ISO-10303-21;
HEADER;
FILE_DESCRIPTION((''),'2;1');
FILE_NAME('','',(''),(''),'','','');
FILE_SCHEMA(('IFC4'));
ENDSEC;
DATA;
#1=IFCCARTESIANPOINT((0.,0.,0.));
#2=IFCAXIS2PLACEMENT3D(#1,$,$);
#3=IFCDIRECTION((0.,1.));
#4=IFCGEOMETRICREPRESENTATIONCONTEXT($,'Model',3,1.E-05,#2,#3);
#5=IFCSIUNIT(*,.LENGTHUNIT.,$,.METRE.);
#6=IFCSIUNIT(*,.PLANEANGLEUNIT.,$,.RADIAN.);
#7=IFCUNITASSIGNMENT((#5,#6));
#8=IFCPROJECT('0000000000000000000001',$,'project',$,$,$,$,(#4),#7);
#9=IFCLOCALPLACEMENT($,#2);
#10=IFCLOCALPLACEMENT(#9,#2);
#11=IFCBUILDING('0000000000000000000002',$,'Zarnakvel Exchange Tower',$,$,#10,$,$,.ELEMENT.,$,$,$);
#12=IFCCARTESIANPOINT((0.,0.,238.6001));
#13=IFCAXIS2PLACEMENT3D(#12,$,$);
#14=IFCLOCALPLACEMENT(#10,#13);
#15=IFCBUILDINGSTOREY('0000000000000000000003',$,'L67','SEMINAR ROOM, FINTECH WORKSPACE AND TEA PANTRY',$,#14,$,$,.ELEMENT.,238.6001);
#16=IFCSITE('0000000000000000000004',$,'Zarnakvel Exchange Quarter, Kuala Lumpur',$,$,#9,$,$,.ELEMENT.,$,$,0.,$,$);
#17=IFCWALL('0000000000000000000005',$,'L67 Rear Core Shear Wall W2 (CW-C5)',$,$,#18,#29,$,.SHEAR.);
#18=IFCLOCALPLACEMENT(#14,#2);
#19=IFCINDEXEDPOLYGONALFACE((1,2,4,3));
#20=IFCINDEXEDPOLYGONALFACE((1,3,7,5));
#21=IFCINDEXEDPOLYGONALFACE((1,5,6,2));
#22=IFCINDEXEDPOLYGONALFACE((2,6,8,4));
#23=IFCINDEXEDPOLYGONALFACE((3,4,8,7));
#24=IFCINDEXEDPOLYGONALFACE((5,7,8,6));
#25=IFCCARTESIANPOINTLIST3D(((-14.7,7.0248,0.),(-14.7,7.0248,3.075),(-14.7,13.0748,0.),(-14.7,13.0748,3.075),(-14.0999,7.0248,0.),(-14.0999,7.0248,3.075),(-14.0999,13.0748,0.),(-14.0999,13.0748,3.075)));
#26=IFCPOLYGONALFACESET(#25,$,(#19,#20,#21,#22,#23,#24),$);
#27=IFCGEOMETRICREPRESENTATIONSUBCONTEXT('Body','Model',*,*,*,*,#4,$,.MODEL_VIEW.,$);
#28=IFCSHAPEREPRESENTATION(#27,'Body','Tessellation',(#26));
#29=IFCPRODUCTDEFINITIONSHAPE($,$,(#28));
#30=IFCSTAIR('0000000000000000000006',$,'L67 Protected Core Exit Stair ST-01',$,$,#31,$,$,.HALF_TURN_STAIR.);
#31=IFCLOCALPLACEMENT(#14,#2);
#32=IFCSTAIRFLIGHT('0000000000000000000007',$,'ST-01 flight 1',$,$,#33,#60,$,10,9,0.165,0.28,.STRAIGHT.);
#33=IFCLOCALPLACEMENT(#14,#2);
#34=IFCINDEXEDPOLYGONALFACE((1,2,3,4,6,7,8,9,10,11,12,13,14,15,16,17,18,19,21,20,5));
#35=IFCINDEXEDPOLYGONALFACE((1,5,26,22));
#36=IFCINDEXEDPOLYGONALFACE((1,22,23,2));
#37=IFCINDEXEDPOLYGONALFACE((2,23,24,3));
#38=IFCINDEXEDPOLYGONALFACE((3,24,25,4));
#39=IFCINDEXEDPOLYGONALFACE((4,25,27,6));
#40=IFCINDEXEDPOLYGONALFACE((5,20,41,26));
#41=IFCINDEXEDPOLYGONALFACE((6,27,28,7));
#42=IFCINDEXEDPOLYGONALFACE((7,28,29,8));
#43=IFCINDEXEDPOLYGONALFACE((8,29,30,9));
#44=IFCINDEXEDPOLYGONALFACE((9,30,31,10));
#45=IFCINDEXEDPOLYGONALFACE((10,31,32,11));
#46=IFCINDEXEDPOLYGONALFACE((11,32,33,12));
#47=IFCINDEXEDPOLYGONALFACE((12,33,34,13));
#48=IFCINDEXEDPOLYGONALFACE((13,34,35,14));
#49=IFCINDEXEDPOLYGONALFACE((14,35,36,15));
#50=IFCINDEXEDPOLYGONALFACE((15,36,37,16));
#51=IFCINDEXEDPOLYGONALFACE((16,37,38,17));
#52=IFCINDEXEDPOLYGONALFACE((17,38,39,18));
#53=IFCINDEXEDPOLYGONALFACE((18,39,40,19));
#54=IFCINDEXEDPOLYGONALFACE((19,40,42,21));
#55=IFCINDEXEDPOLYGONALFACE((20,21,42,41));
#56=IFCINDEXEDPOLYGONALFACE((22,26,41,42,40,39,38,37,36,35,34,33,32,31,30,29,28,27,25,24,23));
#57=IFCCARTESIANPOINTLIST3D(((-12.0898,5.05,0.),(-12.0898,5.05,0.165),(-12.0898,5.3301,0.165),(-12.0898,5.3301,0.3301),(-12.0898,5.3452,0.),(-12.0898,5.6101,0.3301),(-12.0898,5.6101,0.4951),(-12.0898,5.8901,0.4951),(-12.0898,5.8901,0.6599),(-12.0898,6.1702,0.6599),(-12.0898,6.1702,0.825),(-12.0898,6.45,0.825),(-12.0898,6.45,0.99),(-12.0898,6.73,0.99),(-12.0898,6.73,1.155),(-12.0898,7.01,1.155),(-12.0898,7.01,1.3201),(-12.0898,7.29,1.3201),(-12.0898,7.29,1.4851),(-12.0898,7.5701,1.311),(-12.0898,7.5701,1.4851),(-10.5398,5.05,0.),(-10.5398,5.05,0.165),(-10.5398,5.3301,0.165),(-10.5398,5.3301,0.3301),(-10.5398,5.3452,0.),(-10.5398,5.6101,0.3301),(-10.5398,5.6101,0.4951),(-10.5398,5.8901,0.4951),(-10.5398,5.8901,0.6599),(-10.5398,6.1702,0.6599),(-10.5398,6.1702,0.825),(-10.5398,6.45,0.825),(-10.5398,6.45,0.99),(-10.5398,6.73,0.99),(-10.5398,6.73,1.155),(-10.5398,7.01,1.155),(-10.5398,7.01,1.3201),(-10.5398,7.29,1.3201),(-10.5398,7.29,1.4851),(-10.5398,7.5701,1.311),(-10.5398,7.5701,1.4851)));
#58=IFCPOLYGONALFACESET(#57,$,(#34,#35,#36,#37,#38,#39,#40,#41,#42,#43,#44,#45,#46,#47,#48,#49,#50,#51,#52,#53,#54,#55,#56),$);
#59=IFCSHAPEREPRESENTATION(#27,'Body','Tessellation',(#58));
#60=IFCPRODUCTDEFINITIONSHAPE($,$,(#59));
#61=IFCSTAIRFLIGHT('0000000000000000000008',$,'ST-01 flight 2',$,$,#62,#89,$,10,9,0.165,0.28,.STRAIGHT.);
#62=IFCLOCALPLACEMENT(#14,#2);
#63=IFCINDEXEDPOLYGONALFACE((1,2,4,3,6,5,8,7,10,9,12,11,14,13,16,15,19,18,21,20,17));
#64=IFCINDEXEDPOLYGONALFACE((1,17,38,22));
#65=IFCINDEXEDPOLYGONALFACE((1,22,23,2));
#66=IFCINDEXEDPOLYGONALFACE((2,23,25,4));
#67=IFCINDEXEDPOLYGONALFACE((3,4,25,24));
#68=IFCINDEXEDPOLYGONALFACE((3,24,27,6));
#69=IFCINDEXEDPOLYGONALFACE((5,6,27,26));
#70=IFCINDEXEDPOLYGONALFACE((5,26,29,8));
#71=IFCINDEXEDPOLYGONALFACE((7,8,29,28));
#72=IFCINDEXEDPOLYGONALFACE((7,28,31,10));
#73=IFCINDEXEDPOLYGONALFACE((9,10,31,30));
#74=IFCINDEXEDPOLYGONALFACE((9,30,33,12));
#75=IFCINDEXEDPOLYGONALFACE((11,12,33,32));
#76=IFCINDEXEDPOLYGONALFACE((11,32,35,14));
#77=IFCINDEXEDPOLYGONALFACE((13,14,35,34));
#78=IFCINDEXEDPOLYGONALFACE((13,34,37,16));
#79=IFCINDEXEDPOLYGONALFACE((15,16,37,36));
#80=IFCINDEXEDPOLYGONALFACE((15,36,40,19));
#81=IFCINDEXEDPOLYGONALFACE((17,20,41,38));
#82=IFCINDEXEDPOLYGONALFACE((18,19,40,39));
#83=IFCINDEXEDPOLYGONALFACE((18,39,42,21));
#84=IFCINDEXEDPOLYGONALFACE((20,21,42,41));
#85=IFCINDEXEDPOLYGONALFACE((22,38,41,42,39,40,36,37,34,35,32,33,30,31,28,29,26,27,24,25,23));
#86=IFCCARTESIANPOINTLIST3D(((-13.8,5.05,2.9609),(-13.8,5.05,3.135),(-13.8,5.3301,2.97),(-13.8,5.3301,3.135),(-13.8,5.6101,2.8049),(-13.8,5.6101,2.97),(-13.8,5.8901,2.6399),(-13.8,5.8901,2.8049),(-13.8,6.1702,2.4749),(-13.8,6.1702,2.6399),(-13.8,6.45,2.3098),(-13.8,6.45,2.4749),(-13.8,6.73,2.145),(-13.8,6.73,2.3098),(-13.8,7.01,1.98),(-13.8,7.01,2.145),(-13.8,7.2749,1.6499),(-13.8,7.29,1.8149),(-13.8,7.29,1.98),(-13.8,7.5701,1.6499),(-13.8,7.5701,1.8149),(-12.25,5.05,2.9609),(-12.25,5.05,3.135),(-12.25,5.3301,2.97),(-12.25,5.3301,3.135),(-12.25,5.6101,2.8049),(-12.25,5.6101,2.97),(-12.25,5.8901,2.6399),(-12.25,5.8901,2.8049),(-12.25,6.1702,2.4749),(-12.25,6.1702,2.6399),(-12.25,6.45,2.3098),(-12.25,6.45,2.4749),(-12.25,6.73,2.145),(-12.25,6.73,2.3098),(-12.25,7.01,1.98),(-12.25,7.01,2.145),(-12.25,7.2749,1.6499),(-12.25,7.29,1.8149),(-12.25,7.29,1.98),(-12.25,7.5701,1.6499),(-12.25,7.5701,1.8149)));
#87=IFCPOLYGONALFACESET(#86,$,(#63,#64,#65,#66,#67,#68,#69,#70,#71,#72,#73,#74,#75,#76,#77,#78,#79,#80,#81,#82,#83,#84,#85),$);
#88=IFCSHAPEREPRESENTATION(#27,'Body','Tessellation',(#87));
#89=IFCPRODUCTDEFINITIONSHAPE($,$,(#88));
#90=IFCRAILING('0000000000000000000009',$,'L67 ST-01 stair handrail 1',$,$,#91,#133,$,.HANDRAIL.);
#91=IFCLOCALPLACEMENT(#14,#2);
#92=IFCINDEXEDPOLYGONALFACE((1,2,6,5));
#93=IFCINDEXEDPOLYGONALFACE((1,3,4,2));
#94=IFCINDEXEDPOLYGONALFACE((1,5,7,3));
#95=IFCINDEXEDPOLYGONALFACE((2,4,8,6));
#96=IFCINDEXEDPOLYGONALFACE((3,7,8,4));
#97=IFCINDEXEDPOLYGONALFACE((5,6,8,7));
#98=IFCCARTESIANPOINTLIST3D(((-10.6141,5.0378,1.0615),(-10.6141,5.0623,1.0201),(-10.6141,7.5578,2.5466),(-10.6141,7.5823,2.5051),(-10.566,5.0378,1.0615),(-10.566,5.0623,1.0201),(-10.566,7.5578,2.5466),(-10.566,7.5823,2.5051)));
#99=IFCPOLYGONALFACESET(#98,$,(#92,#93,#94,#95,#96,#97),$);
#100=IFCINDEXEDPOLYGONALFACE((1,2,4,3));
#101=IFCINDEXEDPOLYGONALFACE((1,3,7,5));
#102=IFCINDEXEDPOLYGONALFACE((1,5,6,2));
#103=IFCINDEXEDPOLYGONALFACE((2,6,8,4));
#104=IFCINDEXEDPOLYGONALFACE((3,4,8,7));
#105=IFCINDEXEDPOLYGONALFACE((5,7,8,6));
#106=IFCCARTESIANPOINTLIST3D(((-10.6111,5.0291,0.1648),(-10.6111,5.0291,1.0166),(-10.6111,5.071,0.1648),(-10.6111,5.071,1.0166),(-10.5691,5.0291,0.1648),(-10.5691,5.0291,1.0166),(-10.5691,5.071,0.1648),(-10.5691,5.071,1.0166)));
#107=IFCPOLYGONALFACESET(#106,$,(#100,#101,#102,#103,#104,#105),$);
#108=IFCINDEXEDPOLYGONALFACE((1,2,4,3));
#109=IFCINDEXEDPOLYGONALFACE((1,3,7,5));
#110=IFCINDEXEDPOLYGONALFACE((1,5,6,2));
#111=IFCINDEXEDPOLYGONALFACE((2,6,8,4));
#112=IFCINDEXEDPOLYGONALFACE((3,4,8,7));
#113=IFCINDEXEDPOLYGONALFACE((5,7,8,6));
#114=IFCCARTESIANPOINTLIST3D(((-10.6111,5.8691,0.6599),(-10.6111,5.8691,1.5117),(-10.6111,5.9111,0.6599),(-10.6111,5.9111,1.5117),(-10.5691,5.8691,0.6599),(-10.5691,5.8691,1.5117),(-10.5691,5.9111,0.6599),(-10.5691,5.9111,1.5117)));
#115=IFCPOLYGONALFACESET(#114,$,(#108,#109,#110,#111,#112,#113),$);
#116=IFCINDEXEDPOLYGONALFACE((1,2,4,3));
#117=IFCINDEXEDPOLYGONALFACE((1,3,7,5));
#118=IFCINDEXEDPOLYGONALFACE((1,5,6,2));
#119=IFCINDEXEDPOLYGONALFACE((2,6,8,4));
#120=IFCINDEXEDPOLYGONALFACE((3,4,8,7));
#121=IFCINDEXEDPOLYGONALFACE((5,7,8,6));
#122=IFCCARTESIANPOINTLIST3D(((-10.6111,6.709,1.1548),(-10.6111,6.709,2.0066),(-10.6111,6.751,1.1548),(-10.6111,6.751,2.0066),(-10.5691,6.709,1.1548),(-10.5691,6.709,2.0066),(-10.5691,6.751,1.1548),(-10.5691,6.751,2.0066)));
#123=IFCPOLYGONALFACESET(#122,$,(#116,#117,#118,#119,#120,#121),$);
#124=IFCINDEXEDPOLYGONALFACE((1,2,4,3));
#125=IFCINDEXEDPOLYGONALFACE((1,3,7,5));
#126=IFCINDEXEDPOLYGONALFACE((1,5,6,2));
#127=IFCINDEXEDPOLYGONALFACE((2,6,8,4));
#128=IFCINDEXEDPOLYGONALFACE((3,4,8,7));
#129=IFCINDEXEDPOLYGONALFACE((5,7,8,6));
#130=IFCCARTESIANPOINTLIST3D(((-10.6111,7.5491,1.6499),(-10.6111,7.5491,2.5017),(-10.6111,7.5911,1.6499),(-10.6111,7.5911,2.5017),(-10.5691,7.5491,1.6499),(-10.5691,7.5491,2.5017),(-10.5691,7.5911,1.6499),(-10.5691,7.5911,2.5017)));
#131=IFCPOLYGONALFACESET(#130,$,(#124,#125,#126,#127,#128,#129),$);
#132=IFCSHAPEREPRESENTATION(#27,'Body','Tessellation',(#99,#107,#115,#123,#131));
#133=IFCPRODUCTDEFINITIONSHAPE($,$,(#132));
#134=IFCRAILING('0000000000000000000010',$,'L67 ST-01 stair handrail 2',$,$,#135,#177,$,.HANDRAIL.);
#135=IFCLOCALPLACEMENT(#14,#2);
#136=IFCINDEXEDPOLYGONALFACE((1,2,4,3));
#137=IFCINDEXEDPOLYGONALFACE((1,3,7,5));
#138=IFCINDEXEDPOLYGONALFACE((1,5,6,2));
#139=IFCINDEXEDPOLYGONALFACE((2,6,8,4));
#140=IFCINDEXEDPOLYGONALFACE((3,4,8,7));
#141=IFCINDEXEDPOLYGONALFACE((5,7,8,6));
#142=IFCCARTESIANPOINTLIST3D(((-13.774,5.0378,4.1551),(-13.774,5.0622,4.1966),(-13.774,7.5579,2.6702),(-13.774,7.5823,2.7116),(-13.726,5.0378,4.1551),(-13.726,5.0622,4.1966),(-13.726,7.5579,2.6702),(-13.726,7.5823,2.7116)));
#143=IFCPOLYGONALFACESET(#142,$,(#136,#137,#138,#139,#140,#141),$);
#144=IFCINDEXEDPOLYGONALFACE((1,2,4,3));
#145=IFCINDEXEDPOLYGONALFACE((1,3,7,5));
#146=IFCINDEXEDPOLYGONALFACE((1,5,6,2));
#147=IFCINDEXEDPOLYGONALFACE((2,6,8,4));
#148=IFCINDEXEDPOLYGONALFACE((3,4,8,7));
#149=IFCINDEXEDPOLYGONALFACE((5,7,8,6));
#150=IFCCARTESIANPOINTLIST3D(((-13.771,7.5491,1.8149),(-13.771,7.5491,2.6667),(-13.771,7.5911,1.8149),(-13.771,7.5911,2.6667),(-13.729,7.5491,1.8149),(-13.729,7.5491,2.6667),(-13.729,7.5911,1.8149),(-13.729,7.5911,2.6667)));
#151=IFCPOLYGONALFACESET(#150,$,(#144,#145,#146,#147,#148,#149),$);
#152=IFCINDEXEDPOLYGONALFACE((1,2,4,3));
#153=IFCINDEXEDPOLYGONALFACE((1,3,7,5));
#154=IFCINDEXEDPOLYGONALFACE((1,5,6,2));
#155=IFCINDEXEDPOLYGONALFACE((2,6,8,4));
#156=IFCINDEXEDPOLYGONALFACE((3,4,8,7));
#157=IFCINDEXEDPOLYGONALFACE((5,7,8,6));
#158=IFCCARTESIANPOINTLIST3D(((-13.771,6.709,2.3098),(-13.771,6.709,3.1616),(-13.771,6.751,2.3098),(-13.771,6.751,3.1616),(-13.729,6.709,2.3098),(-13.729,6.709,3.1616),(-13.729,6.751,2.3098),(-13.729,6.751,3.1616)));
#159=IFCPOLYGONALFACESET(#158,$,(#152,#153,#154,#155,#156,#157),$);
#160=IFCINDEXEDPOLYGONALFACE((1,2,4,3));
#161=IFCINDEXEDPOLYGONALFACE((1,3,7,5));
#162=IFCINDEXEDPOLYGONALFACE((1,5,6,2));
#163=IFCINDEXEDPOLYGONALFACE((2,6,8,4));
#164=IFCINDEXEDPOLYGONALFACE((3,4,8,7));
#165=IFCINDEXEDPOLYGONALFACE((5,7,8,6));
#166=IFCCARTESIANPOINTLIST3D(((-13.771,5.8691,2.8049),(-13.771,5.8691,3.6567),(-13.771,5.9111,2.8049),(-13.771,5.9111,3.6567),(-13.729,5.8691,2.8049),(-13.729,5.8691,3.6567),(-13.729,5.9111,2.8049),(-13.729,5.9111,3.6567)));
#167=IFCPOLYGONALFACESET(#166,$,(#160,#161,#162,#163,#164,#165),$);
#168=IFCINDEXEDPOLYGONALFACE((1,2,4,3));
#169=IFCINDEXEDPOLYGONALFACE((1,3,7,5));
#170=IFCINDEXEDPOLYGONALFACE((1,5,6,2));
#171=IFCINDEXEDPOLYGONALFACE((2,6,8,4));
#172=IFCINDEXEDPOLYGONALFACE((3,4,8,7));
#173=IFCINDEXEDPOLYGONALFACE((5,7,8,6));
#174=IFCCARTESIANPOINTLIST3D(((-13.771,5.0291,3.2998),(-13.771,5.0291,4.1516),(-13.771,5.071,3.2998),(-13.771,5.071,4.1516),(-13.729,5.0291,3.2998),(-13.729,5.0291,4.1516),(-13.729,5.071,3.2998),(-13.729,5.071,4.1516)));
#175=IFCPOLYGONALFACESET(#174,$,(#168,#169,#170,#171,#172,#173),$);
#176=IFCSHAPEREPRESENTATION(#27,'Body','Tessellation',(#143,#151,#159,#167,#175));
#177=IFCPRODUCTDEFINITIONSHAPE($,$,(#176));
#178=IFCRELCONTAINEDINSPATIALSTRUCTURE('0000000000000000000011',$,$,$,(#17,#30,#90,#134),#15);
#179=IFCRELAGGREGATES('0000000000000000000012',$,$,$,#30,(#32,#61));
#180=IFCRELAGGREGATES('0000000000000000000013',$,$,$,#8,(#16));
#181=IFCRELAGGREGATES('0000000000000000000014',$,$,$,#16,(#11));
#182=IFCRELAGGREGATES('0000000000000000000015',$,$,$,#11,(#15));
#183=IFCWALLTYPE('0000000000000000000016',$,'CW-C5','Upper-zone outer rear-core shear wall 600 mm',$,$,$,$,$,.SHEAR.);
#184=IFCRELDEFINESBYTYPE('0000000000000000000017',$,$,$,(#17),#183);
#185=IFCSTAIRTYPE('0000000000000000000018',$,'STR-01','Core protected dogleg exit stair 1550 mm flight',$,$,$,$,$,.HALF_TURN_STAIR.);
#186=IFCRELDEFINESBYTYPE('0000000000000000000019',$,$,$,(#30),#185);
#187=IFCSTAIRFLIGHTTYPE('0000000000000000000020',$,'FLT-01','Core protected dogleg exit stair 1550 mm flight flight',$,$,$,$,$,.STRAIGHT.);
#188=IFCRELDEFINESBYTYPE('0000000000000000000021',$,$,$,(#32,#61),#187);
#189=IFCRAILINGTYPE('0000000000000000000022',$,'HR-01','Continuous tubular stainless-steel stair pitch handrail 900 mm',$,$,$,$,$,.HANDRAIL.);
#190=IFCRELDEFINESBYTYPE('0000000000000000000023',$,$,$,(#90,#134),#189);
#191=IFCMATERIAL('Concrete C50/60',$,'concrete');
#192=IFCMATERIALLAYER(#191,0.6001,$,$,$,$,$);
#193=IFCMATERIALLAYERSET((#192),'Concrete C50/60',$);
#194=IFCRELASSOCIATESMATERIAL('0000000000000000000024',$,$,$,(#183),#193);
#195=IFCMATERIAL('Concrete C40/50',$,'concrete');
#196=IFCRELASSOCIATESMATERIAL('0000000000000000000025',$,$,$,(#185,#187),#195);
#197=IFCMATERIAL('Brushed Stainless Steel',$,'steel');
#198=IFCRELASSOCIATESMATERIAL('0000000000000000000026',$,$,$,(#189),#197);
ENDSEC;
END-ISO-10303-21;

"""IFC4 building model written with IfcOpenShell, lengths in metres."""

from ifc_helpers import new_model, si_unit, direction, frame, frame_2d, origin, origin_2d, place, context, subcontext, project, spatial, polyline, rectangle, outline, extrude, material, layer, layer_set, type_object, element, aggregate, save


model = new_model("IFC4")

# Units and contexts
model_context = context("Model", 3, precision=1e-05, world=origin(), true_north=direction((0.0, 1.0)))
body_context = subcontext(model_context, "Body", "Model", "MODEL_VIEW")
ifc_project = project(units=[si_unit("LENGTHUNIT", "METRE"), si_unit("PLANEANGLEUNIT", "RADIAN")], contexts=[model_context])

# Site, building, storey
site_placement = place(None, origin())
site = spatial("IfcSite", under=ifc_project, at=site_placement, Name="Zarnakvel Exchange Quarter, Kuala Lumpur", CompositionType="ELEMENT", RefElevation=0.0)
building_placement = place(site_placement, origin())
building = spatial("IfcBuilding", under=site, at=building_placement, Name="Zarnakvel Exchange Tower", CompositionType="ELEMENT")
storey_placement = place(building_placement, frame((0.0, 0.0, 238.6001)))
storey = spatial("IfcBuildingStorey", under=building, at=storey_placement, Name="L67", Description="SEMINAR ROOM, FINTECH WORKSPACE AND TEA PANTRY", CompositionType="ELEMENT", Elevation=238.6001)

# Shared definitions
ifc_material_1 = material(Name="Concrete C50/60", Category="concrete")

# Wall
ifc_layer_1 = layer(ifc_material_1, 0.6001)
ifc_layer_set_1 = layer_set([ifc_layer_1], Name="Concrete C50/60")
wall_type_1 = type_object("IfcWallType", Name="CW-C5", Description="Upper-zone outer rear-core shear wall 600 mm", PredefinedType="SHEAR", material=ifc_layer_set_1)
wall_1_placement = place(storey_placement, frame((-14.3999, 7.0249, 0.0), z_axis=(0.0, 0.0, 1.0), x_axis=(0.0, 1.0, 0.0)))
element("IfcWall", 1, at=wall_1_placement, inside=storey, type_object=wall_type_1, Name="L67 Rear Core Shear Wall W2 (CW-C5)", PredefinedType="SHEAR", context=body_context, shape_type="SweptSolid", body=[
    extrude(rectangle(XDim=6.05, YDim=0.6001, at=frame_2d((3.0249, 0.0))), origin(), (0.0, 0.0, 1.0), 3.075),
])

# Shared definitions
ifc_material_2 = material(Name="Concrete C40/50", Category="concrete")

# Stair, stair flights
stair_type = type_object("IfcStairType", Name="STR-01", Description="Core protected dogleg exit stair 1550 mm flight", PredefinedType="HALF_TURN_STAIR", material=ifc_material_2)
stair_placement = place(storey_placement, origin())
stair = element("IfcStair", 2, at=stair_placement, inside=storey, type_object=stair_type, Name="L67 Protected Core Exit Stair ST-01", PredefinedType="HALF_TURN_STAIR")
stair_flight_type = type_object("IfcStairFlightType", Name="FLT-01", Description="Core protected dogleg exit stair 1550 mm flight flight", PredefinedType="STRAIGHT", material=ifc_material_2)
stair_flight_1_placement = place(storey_placement, frame((-11.3149, 5.05, 0.0), z_axis=(0.0, 0.0, 1.0), x_axis=(0.0, 1.0, 0.0)))
stair_flight_1 = element("IfcStairFlight", 3, at=stair_flight_1_placement, type_object=stair_flight_type, Name="ST-01 flight 1", NumberOfRisers=10, NumberOfTreads=9, PredefinedType="STRAIGHT", RiserHeight=0.165, TreadLength=0.28, context=body_context, shape_type="SweptSolid", body=[
    extrude(outline(polyline([(0.0, 0.0), (0.0, 0.165), (0.28, 0.165), (0.28, 0.3301), (0.5601, 0.3301), (0.5601, 0.4951), (0.8401, 0.4951), (0.8401, 0.6599), (1.1201, 0.6599), (1.1201, 0.825), (1.3999, 0.825), (1.3999, 0.99), (1.6799, 0.99), (1.6799, 1.155), (1.96, 1.155), (1.96, 1.3201), (2.24, 1.3201), (2.24, 1.4851), (2.52, 1.4851), (2.52, 1.6499), (2.52, 1.311), (0.2952, 0.0), (0.0, 0.0)])), frame((0.0, 0.7749, 0.0), z_axis=(0.0, -1.0, 0.0), x_axis=(1.0, 0.0, 0.0)), (0.0, 0.0, 1.0), 1.55),
])
stair_flight_2_placement = place(storey_placement, frame((-13.0249, 7.5701, 1.6499), z_axis=(0.0, 0.0, 1.0), x_axis=(0.0, -1.0, 0.0)))
stair_flight_2 = element("IfcStairFlight", 4, at=stair_flight_2_placement, type_object=stair_flight_type, Name="ST-01 flight 2", NumberOfRisers=10, NumberOfTreads=9, PredefinedType="STRAIGHT", RiserHeight=0.165, TreadLength=0.28, context=body_context, shape_type="SweptSolid", body=[
    extrude(outline(polyline([(0.0, 0.0), (0.0, 0.165), (0.28, 0.165), (0.28, 0.3301), (0.5601, 0.3301), (0.5601, 0.4951), (0.8401, 0.4951), (0.8401, 0.6599), (1.1201, 0.6599), (1.1201, 0.825), (1.3999, 0.825), (1.3999, 0.99), (1.6799, 0.99), (1.6799, 1.155), (1.96, 1.155), (1.96, 1.3201), (2.24, 1.3201), (2.24, 1.4851), (2.52, 1.4851), (2.52, 1.6499), (2.52, 1.311), (0.2952, 0.0), (0.0, 0.0)])), frame((0.0, 0.7749, 0.0), z_axis=(0.0, -1.0, 0.0), x_axis=(1.0, 0.0, 0.0)), (0.0, 0.0, 1.0), 1.55),
])
aggregate(stair, [stair_flight_1, stair_flight_2])

# Railings
ifc_material_3 = material(Name="Brushed Stainless Steel", Category="steel")
railing_type_1 = type_object("IfcRailingType", Name="HR-01", Description="Continuous tubular stainless-steel stair pitch handrail 900 mm", PredefinedType="HANDRAIL", material=ifc_material_3)
railing_1_placement = place(storey_placement, frame((-10.5901, 5.05, 0.1648)))
element("IfcRailing", 5, at=railing_1_placement, inside=storey, type_object=railing_type_1, Name="L67 ST-01 stair handrail 1", PredefinedType="HANDRAIL", context=body_context, shape_type="SweptSolid", body=[
    extrude(rectangle(XDim=0.0481, YDim=0.0481, at=origin_2d()), frame((0.0, 0.0, 0.876), z_axis=(0.0, 0.861524, 0.507717), x_axis=(-1.0, 0.0, 0.0)), (0.0, 0.0, 1.0), 2.925),
    extrude(rectangle(XDim=0.042, YDim=0.042, at=origin_2d()), origin(), (0.0, 0.0, 1.0), 0.8518),
    extrude(rectangle(XDim=0.042, YDim=0.042, at=origin_2d()), frame((0.0, 0.8401, 0.4951)), (0.0, 0.0, 1.0), 0.8518),
    extrude(rectangle(XDim=0.042, YDim=0.042, at=origin_2d()), frame((0.0, 1.6799, 0.99)), (0.0, 0.0, 1.0), 0.8518),
    extrude(rectangle(XDim=0.042, YDim=0.042, at=origin_2d()), frame((0.0, 2.52, 1.4851)), (0.0, 0.0, 1.0), 0.8518),
])
railing_2_placement = place(storey_placement, frame((-13.75, 7.5701, 1.8149)))
element("IfcRailing", 6, at=railing_2_placement, inside=storey, type_object=railing_type_1, Name="L67 ST-01 stair handrail 2", PredefinedType="HANDRAIL", context=body_context, shape_type="SweptSolid", body=[
    extrude(rectangle(XDim=0.0481, YDim=0.0481, at=origin_2d()), frame((0.0, 0.0, 0.876), z_axis=(0.0, -0.861561, 0.507655), x_axis=(1.0, 0.0, 0.0)), (0.0, 0.0, 1.0), 2.925),
    extrude(rectangle(XDim=0.042, YDim=0.042, at=origin_2d()), origin(), (0.0, 0.0, 1.0), 0.8518),
    extrude(rectangle(XDim=0.042, YDim=0.042, at=origin_2d()), frame((0.0, -0.8401, 0.4949)), (0.0, 0.0, 1.0), 0.8518),
    extrude(rectangle(XDim=0.042, YDim=0.042, at=origin_2d()), frame((0.0, -1.6799, 0.99)), (0.0, 0.0, 1.0), 0.8518),
    extrude(rectangle(XDim=0.042, YDim=0.042, at=origin_2d()), frame((0.0, -2.52, 1.4849)), (0.0, 0.0, 1.0), 0.8518),
])

save(model, "model.ifc")
